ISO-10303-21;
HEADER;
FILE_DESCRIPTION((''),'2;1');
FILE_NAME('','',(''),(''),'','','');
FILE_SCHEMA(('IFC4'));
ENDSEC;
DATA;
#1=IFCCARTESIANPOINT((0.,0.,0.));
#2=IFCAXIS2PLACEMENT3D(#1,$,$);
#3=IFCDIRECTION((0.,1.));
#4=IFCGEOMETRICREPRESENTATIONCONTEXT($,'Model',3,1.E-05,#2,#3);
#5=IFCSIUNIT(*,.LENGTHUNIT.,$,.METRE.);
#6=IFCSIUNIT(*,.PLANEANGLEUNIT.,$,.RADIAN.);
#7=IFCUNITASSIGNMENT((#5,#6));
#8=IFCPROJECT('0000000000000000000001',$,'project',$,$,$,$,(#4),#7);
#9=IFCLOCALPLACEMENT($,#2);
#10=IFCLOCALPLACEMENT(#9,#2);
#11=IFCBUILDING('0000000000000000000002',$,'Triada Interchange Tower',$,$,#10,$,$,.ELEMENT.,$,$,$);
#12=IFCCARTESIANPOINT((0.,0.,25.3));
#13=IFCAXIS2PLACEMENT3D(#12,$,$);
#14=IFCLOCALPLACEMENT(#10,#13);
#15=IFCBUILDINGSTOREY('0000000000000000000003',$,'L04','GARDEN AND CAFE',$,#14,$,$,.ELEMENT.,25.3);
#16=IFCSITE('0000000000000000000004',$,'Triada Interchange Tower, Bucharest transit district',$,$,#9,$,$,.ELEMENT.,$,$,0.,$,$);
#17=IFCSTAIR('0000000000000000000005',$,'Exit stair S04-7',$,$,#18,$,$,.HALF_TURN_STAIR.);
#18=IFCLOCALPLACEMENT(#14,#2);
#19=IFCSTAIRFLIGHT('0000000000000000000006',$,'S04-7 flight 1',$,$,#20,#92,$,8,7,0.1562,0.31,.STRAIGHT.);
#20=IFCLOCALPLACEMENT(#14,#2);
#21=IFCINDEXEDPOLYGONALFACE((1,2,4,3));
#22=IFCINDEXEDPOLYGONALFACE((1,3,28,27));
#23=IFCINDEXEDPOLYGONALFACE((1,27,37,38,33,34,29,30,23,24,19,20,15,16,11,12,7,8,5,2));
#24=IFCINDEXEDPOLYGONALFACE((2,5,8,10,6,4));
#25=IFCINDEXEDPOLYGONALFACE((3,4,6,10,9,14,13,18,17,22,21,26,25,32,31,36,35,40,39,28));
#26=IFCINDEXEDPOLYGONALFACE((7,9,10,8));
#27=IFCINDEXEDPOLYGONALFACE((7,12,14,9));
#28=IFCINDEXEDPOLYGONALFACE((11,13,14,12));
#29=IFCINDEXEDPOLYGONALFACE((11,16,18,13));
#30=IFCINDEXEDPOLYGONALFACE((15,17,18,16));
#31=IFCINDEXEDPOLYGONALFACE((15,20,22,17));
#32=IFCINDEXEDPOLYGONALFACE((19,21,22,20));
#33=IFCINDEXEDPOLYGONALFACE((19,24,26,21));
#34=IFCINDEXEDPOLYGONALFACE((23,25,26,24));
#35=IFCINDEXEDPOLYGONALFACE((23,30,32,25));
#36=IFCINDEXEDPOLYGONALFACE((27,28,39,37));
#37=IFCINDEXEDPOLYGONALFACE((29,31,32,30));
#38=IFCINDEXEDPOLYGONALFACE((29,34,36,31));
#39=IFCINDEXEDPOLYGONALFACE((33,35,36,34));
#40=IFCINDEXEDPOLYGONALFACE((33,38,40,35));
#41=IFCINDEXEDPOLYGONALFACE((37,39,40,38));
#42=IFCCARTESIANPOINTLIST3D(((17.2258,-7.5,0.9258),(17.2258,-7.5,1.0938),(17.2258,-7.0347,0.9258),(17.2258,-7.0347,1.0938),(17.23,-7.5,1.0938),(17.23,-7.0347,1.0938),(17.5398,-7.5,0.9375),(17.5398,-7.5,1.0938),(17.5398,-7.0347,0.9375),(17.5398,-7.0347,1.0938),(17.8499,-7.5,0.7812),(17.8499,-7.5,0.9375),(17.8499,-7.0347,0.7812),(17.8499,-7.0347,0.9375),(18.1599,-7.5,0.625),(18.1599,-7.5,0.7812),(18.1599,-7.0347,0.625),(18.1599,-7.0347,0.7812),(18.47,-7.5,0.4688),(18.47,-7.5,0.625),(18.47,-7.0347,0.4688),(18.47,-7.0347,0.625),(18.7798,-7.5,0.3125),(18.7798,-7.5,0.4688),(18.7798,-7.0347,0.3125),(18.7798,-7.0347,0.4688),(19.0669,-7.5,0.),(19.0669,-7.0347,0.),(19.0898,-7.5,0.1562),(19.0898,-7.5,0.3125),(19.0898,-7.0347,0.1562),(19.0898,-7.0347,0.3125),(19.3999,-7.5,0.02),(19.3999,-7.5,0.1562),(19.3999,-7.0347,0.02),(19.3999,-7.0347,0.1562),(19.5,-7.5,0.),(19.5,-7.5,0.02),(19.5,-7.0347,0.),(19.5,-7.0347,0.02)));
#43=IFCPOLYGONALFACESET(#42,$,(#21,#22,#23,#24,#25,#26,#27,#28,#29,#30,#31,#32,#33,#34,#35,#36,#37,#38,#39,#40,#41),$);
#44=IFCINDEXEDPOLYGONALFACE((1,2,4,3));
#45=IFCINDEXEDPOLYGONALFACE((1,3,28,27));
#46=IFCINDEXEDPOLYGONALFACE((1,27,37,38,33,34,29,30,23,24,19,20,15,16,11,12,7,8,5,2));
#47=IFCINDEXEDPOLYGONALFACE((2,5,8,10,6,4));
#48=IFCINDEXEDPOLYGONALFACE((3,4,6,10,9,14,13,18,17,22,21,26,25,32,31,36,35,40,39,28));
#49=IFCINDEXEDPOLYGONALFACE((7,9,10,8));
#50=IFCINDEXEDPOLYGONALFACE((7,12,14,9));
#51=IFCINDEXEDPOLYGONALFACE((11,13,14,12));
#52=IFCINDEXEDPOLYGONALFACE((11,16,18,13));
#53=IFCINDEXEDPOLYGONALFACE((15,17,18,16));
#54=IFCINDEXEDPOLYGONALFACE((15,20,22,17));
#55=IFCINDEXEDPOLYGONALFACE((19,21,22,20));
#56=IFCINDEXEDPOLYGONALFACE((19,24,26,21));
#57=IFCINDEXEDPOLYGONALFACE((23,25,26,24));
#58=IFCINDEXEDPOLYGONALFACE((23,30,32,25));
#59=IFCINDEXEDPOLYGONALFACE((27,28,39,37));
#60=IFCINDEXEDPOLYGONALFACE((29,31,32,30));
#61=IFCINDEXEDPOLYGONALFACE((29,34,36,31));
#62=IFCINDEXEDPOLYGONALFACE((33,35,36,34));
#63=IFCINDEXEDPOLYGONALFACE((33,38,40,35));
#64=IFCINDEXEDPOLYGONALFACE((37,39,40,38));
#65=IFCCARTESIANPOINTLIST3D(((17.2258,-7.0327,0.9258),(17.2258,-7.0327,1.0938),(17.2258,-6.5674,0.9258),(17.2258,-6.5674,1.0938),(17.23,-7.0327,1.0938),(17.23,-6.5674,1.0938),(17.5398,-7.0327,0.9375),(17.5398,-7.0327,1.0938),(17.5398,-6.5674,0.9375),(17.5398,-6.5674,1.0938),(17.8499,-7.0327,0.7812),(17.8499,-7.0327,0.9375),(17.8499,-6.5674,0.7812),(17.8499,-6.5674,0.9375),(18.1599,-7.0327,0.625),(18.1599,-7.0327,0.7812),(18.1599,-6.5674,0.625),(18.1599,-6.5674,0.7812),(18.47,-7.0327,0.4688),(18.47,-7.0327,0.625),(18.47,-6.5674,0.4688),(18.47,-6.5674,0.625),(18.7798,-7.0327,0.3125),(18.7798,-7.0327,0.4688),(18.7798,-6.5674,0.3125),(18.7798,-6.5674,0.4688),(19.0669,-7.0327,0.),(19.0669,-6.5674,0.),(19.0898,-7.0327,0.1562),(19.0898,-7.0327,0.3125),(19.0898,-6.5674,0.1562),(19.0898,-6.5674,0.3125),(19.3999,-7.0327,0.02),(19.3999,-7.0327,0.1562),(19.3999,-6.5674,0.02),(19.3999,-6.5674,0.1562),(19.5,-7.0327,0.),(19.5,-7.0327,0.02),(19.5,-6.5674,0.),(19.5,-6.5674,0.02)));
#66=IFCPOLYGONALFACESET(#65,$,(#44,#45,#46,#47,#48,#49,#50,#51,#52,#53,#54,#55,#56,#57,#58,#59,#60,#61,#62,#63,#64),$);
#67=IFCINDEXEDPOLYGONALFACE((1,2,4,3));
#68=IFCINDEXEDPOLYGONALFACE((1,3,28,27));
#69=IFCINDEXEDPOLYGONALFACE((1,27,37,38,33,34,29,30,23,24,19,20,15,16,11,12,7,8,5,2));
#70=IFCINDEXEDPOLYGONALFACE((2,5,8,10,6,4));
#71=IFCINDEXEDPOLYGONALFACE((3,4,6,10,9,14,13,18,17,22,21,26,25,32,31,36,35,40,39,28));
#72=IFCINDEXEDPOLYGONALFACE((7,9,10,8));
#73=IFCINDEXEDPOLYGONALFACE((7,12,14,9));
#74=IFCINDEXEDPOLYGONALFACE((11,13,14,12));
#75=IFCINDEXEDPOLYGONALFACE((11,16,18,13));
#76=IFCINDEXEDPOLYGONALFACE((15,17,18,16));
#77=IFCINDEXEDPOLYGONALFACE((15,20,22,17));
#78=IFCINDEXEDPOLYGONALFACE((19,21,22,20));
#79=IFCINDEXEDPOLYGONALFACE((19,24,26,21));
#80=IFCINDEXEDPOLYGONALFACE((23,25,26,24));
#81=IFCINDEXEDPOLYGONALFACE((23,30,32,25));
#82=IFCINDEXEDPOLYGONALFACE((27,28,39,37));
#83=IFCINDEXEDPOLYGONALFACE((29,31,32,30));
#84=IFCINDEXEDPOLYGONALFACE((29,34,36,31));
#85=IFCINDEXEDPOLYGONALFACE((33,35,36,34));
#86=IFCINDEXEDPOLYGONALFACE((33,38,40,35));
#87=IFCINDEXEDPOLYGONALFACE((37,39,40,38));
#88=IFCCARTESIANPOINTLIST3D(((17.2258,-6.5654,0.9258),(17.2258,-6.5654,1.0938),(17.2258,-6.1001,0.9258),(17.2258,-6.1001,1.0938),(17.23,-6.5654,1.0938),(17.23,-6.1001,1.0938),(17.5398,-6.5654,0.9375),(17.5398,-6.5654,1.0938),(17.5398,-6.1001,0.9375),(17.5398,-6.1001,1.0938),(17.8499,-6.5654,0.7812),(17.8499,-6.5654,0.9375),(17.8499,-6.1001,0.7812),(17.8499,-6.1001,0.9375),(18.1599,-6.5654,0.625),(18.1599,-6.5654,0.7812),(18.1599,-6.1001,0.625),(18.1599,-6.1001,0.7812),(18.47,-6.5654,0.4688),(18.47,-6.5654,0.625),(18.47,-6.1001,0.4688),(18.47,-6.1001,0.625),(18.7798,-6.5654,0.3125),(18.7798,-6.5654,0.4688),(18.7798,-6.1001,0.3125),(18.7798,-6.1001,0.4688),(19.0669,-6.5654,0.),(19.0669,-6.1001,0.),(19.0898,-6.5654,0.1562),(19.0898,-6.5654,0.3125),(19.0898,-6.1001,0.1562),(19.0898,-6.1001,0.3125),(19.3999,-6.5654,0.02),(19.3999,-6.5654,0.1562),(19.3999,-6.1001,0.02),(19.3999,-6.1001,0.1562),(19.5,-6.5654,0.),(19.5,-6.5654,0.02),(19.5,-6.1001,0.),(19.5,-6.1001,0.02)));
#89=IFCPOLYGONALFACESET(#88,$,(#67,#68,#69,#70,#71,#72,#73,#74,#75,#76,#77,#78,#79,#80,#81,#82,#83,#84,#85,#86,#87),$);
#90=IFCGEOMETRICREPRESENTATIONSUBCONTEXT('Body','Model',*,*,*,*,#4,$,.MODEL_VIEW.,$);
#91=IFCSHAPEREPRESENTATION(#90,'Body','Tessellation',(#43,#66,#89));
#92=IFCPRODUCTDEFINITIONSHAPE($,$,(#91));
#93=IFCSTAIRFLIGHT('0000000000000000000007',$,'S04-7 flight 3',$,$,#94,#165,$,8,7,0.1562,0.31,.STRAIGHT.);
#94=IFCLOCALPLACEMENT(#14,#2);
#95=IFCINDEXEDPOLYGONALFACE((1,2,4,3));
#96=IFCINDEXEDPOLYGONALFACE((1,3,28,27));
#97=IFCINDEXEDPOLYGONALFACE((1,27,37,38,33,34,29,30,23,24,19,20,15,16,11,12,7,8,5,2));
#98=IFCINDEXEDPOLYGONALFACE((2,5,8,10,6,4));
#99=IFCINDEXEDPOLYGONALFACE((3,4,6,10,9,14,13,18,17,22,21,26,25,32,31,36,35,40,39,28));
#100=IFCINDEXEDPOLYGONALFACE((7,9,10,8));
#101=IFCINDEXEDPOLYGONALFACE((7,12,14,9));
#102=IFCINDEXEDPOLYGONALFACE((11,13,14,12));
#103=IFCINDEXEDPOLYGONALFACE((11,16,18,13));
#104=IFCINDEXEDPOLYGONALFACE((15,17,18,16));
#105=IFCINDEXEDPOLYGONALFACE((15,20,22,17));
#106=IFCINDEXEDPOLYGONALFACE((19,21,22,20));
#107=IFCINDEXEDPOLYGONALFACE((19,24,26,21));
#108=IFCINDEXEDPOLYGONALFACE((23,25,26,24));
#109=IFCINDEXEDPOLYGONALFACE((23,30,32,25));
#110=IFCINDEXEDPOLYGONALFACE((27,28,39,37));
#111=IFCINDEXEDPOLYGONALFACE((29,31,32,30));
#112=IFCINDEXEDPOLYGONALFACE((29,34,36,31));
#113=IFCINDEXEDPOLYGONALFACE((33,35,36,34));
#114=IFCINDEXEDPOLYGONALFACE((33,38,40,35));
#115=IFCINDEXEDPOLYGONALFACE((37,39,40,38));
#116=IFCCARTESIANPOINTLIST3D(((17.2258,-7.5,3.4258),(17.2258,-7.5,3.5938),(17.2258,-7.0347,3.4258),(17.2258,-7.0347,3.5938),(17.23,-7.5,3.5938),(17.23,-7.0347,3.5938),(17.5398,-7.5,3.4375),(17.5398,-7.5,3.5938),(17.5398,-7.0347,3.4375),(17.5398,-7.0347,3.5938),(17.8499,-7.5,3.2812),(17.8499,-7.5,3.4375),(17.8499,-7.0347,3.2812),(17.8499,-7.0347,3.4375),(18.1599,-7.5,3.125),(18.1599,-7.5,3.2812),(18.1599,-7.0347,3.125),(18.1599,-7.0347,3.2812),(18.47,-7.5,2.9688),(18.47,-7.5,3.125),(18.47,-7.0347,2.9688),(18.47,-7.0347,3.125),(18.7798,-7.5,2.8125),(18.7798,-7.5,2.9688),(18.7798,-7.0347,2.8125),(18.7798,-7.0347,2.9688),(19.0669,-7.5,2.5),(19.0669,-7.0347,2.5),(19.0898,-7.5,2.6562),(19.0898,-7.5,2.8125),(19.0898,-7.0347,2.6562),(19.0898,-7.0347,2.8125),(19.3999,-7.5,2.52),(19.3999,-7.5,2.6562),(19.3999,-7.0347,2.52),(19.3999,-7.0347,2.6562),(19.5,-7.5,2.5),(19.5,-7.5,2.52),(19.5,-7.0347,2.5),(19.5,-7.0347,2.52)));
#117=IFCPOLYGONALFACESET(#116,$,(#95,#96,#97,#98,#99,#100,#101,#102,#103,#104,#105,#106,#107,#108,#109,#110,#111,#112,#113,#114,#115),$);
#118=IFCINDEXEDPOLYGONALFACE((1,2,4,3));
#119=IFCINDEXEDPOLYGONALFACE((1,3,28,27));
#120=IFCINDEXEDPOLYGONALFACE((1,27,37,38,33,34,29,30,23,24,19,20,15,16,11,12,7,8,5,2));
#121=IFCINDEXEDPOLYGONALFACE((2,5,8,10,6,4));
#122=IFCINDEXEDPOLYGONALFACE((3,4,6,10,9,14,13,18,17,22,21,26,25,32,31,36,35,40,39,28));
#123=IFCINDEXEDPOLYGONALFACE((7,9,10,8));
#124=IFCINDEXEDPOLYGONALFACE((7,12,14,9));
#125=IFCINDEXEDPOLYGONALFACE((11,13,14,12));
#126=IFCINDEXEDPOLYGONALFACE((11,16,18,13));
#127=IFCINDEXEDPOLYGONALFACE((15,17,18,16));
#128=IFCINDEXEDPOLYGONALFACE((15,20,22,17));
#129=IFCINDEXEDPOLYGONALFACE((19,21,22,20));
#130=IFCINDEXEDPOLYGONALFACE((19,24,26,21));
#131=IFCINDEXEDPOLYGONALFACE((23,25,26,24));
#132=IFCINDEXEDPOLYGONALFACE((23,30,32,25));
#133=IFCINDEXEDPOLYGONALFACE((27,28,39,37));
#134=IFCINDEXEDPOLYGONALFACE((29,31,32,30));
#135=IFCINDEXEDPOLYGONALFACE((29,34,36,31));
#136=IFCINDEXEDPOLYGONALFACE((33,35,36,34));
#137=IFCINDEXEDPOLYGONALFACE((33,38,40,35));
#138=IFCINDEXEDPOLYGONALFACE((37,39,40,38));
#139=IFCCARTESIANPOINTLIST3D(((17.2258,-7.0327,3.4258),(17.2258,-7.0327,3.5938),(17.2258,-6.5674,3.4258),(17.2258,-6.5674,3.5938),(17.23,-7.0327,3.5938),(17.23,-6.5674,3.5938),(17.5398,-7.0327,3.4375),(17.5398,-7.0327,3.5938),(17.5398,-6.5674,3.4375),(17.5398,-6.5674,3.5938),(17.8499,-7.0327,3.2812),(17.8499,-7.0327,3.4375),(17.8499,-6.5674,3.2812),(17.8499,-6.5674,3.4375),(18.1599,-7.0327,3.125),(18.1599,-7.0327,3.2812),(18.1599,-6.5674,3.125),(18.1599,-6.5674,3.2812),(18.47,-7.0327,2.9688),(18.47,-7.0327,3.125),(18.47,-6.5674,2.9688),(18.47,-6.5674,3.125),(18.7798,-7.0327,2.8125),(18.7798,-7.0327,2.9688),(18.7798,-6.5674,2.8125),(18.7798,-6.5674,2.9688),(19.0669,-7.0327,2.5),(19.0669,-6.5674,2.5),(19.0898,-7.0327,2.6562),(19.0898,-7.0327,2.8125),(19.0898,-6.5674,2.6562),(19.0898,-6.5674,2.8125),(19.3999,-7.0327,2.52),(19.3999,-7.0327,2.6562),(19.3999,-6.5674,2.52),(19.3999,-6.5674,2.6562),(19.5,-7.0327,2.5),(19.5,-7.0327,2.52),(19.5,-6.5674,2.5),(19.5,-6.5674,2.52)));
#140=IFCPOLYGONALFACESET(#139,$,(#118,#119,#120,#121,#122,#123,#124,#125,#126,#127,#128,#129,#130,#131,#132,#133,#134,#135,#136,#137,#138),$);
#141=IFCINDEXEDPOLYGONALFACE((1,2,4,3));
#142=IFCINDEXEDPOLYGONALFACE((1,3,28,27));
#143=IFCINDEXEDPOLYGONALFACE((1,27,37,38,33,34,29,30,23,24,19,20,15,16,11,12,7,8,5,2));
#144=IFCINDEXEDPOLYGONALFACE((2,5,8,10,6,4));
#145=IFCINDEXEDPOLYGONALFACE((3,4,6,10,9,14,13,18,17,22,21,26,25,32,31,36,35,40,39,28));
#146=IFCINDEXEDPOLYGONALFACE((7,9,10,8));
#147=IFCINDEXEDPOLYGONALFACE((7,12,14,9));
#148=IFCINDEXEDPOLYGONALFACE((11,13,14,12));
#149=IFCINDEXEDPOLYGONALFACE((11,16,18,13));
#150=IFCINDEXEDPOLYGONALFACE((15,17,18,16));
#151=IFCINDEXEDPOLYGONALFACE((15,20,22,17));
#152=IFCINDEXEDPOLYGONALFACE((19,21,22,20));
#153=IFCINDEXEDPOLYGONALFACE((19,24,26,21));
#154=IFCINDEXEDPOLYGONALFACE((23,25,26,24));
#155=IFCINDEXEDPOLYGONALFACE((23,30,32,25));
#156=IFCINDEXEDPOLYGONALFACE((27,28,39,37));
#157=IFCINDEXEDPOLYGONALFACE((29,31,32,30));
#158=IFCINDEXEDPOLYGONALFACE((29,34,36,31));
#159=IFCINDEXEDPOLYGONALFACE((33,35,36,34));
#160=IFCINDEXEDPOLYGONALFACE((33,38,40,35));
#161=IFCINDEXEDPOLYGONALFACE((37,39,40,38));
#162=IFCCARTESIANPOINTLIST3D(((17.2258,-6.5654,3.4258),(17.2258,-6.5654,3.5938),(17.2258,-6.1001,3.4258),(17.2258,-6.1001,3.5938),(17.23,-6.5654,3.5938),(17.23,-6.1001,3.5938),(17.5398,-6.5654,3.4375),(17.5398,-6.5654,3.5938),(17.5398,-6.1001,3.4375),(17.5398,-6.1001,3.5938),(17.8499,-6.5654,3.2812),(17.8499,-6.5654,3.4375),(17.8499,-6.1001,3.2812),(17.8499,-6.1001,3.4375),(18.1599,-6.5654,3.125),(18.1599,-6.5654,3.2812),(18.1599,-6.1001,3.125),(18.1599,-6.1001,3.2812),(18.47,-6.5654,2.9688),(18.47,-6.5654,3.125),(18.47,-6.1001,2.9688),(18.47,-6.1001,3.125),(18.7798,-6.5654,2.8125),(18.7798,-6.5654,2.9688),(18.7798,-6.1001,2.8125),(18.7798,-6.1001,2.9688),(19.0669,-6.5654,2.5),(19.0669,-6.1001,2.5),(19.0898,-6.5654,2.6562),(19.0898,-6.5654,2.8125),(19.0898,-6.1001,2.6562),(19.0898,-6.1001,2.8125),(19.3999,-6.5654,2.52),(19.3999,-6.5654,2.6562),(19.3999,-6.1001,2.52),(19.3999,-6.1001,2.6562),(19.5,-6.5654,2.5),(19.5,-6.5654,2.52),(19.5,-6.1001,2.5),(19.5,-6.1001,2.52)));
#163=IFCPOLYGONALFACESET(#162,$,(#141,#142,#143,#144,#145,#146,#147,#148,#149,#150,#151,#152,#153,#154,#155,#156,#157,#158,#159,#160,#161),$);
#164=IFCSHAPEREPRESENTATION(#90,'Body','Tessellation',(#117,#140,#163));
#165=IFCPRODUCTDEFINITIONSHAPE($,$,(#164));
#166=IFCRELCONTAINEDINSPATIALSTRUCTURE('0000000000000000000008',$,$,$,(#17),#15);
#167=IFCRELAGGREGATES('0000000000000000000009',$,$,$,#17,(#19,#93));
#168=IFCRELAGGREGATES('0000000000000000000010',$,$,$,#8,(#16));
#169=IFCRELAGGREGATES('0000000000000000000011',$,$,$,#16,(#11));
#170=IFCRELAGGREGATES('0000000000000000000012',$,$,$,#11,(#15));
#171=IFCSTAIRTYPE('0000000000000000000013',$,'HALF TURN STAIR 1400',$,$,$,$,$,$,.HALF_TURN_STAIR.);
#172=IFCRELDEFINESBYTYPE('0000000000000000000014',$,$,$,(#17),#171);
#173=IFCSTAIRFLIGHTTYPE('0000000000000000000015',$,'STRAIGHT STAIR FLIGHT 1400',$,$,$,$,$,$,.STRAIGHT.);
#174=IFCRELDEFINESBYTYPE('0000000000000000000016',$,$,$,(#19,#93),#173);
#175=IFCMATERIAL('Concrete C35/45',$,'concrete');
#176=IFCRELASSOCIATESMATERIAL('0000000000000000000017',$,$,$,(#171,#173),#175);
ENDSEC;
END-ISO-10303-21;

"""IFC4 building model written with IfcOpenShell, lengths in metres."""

from ifc_helpers import new_model, si_unit, direction, frame, origin, place, context, subcontext, project, spatial, polyline, outline, extrude, material, type_object, element, aggregate, save


model = new_model("IFC4")

# Units and contexts
model_context = context("Model", 3, precision=1e-05, world=origin(), true_north=direction((0.0, 1.0)))
body_context = subcontext(model_context, "Body", "Model", "MODEL_VIEW")
ifc_project = project(units=[si_unit("LENGTHUNIT", "METRE"), si_unit("PLANEANGLEUNIT", "RADIAN")], contexts=[model_context])

# Site, building, storey
site_placement = place(None, origin())
site = spatial("IfcSite", under=ifc_project, at=site_placement, Name="Triada Interchange Tower, Bucharest transit district", CompositionType="ELEMENT", RefElevation=0.0)
building_placement = place(site_placement, origin())
building = spatial("IfcBuilding", under=site, at=building_placement, Name="Triada Interchange Tower", CompositionType="ELEMENT")
storey_placement = place(building_placement, frame((0.0, 0.0, 25.3)))
storey = spatial("IfcBuildingStorey", under=building, at=storey_placement, Name="L04", Description="GARDEN AND CAFE", CompositionType="ELEMENT", Elevation=25.3)

# Shared definitions
ifc_material_1 = material(Name="Concrete C35/45", Category="concrete")

# Stair, stair flights
stair_type = type_object("IfcStairType", Name="HALF TURN STAIR 1400", PredefinedType="HALF_TURN_STAIR", material=ifc_material_1)
stair_placement = place(storey_placement, origin())
stair = element("IfcStair", 1, at=stair_placement, inside=storey, type_object=stair_type, Name="Exit stair S04-7", PredefinedType="HALF_TURN_STAIR")
stair_flight_type = type_object("IfcStairFlightType", Name="STRAIGHT STAIR FLIGHT 1400", PredefinedType="STRAIGHT", material=ifc_material_1)
stair_flight_1_placement = place(storey_placement, frame((19.3999, -6.8, 0.0), z_axis=(0.0, 0.0, 1.0), x_axis=(-1.0, 0.0, 0.0)))
stair_flight_1 = element("IfcStairFlight", 2, at=stair_flight_1_placement, type_object=stair_flight_type, Name="S04-7 flight 1", NumberOfRisers=8, NumberOfTreads=7, PredefinedType="STRAIGHT", RiserHeight=0.1562, TreadLength=0.31, context=body_context, shape_type="SweptSolid", body=[
    extrude(outline(polyline([(-0.1001, 0.0), (-0.1001, 0.02), (0.0, 0.02), (0.0, 0.1562), (0.3101, 0.1562), (0.3101, 0.3125), (0.6201, 0.3125), (0.6201, 0.4688), (0.9299, 0.4688), (0.9299, 0.625), (1.24, 0.625), (1.24, 0.7812), (1.55, 0.7812), (1.55, 0.9375), (1.8601, 0.9375), (1.8601, 1.0938), (2.1699, 1.0938), (2.1741, 1.0938), (2.1741, 1.25), (2.1741, 0.9258), (0.333, 0.0), (-0.1001, 0.0)])), frame((0.0, 0.7, 0.0), z_axis=(0.0, -1.0, 0.0), x_axis=(1.0, 0.0, 0.0)), (0.0, 0.0, 1.0), 0.4653),
    extrude(outline(polyline([(-0.1001, 0.0), (-0.1001, 0.02), (0.0, 0.02), (0.0, 0.1562), (0.3101, 0.1562), (0.3101, 0.3125), (0.6201, 0.3125), (0.6201, 0.4688), (0.9299, 0.4688), (0.9299, 0.625), (1.24, 0.625), (1.24, 0.7812), (1.55, 0.7812), (1.55, 0.9375), (1.8601, 0.9375), (1.8601, 1.0938), (2.1699, 1.0938), (2.1741, 1.0938), (2.1741, 1.25), (2.1741, 0.9258), (0.333, 0.0), (-0.1001, 0.0)])), frame((0.0, 0.2327, 0.0), z_axis=(0.0, -1.0, 0.0), x_axis=(1.0, 0.0, 0.0)), (0.0, 0.0, 1.0), 0.4653),
    extrude(outline(polyline([(-0.1001, 0.0), (-0.1001, 0.02), (0.0, 0.02), (0.0, 0.1562), (0.3101, 0.1562), (0.3101, 0.3125), (0.6201, 0.3125), (0.6201, 0.4688), (0.9299, 0.4688), (0.9299, 0.625), (1.24, 0.625), (1.24, 0.7812), (1.55, 0.7812), (1.55, 0.9375), (1.8601, 0.9375), (1.8601, 1.0938), (2.1699, 1.0938), (2.1741, 1.0938), (2.1741, 1.25), (2.1741, 0.9258), (0.333, 0.0), (-0.1001, 0.0)])), frame((0.0, -0.2346, 0.0), z_axis=(0.0, -1.0, 0.0), x_axis=(1.0, 0.0, 0.0)), (0.0, 0.0, 1.0), 0.4653),
])
stair_flight_2_placement = place(storey_placement, frame((19.3999, -6.8, 2.5), z_axis=(0.0, 0.0, 1.0), x_axis=(-1.0, 0.0, 0.0)))
stair_flight_2 = element("IfcStairFlight", 3, at=stair_flight_2_placement, type_object=stair_flight_type, Name="S04-7 flight 3", NumberOfRisers=8, NumberOfTreads=7, PredefinedType="STRAIGHT", RiserHeight=0.1562, TreadLength=0.31, context=body_context, shape_type="SweptSolid", body=[
    extrude(outline(polyline([(-0.1001, 0.0), (-0.1001, 0.02), (0.0, 0.02), (0.0, 0.1562), (0.3101, 0.1562), (0.3101, 0.3125), (0.6201, 0.3125), (0.6201, 0.4688), (0.9299, 0.4688), (0.9299, 0.625), (1.24, 0.625), (1.24, 0.7812), (1.55, 0.7812), (1.55, 0.9375), (1.8601, 0.9375), (1.8601, 1.0938), (2.1699, 1.0938), (2.1741, 1.0938), (2.1741, 1.25), (2.1741, 0.9258), (0.333, 0.0), (-0.1001, 0.0)])), frame((0.0, 0.7, 0.0), z_axis=(0.0, -1.0, 0.0), x_axis=(1.0, 0.0, 0.0)), (0.0, 0.0, 1.0), 0.4653),
    extrude(outline(polyline([(-0.1001, 0.0), (-0.1001, 0.02), (0.0, 0.02), (0.0, 0.1562), (0.3101, 0.1562), (0.3101, 0.3125), (0.6201, 0.3125), (0.6201, 0.4688), (0.9299, 0.4688), (0.9299, 0.625), (1.24, 0.625), (1.24, 0.7812), (1.55, 0.7812), (1.55, 0.9375), (1.8601, 0.9375), (1.8601, 1.0938), (2.1699, 1.0938), (2.1741, 1.0938), (2.1741, 1.25), (2.1741, 0.9258), (0.333, 0.0), (-0.1001, 0.0)])), frame((0.0, 0.2327, 0.0), z_axis=(0.0, -1.0, 0.0), x_axis=(1.0, 0.0, 0.0)), (0.0, 0.0, 1.0), 0.4653),
    extrude(outline(polyline([(-0.1001, 0.0), (-0.1001, 0.02), (0.0, 0.02), (0.0, 0.1562), (0.3101, 0.1562), (0.3101, 0.3125), (0.6201, 0.3125), (0.6201, 0.4688), (0.9299, 0.4688), (0.9299, 0.625), (1.24, 0.625), (1.24, 0.7812), (1.55, 0.7812), (1.55, 0.9375), (1.8601, 0.9375), (1.8601, 1.0938), (2.1699, 1.0938), (2.1741, 1.0938), (2.1741, 1.25), (2.1741, 0.9258), (0.333, 0.0), (-0.1001, 0.0)])), frame((0.0, -0.2346, 0.0), z_axis=(0.0, -1.0, 0.0), x_axis=(1.0, 0.0, 0.0)), (0.0, 0.0, 1.0), 0.4653),
])
aggregate(stair, [stair_flight_1, stair_flight_2])

save(model, "model.ifc")
